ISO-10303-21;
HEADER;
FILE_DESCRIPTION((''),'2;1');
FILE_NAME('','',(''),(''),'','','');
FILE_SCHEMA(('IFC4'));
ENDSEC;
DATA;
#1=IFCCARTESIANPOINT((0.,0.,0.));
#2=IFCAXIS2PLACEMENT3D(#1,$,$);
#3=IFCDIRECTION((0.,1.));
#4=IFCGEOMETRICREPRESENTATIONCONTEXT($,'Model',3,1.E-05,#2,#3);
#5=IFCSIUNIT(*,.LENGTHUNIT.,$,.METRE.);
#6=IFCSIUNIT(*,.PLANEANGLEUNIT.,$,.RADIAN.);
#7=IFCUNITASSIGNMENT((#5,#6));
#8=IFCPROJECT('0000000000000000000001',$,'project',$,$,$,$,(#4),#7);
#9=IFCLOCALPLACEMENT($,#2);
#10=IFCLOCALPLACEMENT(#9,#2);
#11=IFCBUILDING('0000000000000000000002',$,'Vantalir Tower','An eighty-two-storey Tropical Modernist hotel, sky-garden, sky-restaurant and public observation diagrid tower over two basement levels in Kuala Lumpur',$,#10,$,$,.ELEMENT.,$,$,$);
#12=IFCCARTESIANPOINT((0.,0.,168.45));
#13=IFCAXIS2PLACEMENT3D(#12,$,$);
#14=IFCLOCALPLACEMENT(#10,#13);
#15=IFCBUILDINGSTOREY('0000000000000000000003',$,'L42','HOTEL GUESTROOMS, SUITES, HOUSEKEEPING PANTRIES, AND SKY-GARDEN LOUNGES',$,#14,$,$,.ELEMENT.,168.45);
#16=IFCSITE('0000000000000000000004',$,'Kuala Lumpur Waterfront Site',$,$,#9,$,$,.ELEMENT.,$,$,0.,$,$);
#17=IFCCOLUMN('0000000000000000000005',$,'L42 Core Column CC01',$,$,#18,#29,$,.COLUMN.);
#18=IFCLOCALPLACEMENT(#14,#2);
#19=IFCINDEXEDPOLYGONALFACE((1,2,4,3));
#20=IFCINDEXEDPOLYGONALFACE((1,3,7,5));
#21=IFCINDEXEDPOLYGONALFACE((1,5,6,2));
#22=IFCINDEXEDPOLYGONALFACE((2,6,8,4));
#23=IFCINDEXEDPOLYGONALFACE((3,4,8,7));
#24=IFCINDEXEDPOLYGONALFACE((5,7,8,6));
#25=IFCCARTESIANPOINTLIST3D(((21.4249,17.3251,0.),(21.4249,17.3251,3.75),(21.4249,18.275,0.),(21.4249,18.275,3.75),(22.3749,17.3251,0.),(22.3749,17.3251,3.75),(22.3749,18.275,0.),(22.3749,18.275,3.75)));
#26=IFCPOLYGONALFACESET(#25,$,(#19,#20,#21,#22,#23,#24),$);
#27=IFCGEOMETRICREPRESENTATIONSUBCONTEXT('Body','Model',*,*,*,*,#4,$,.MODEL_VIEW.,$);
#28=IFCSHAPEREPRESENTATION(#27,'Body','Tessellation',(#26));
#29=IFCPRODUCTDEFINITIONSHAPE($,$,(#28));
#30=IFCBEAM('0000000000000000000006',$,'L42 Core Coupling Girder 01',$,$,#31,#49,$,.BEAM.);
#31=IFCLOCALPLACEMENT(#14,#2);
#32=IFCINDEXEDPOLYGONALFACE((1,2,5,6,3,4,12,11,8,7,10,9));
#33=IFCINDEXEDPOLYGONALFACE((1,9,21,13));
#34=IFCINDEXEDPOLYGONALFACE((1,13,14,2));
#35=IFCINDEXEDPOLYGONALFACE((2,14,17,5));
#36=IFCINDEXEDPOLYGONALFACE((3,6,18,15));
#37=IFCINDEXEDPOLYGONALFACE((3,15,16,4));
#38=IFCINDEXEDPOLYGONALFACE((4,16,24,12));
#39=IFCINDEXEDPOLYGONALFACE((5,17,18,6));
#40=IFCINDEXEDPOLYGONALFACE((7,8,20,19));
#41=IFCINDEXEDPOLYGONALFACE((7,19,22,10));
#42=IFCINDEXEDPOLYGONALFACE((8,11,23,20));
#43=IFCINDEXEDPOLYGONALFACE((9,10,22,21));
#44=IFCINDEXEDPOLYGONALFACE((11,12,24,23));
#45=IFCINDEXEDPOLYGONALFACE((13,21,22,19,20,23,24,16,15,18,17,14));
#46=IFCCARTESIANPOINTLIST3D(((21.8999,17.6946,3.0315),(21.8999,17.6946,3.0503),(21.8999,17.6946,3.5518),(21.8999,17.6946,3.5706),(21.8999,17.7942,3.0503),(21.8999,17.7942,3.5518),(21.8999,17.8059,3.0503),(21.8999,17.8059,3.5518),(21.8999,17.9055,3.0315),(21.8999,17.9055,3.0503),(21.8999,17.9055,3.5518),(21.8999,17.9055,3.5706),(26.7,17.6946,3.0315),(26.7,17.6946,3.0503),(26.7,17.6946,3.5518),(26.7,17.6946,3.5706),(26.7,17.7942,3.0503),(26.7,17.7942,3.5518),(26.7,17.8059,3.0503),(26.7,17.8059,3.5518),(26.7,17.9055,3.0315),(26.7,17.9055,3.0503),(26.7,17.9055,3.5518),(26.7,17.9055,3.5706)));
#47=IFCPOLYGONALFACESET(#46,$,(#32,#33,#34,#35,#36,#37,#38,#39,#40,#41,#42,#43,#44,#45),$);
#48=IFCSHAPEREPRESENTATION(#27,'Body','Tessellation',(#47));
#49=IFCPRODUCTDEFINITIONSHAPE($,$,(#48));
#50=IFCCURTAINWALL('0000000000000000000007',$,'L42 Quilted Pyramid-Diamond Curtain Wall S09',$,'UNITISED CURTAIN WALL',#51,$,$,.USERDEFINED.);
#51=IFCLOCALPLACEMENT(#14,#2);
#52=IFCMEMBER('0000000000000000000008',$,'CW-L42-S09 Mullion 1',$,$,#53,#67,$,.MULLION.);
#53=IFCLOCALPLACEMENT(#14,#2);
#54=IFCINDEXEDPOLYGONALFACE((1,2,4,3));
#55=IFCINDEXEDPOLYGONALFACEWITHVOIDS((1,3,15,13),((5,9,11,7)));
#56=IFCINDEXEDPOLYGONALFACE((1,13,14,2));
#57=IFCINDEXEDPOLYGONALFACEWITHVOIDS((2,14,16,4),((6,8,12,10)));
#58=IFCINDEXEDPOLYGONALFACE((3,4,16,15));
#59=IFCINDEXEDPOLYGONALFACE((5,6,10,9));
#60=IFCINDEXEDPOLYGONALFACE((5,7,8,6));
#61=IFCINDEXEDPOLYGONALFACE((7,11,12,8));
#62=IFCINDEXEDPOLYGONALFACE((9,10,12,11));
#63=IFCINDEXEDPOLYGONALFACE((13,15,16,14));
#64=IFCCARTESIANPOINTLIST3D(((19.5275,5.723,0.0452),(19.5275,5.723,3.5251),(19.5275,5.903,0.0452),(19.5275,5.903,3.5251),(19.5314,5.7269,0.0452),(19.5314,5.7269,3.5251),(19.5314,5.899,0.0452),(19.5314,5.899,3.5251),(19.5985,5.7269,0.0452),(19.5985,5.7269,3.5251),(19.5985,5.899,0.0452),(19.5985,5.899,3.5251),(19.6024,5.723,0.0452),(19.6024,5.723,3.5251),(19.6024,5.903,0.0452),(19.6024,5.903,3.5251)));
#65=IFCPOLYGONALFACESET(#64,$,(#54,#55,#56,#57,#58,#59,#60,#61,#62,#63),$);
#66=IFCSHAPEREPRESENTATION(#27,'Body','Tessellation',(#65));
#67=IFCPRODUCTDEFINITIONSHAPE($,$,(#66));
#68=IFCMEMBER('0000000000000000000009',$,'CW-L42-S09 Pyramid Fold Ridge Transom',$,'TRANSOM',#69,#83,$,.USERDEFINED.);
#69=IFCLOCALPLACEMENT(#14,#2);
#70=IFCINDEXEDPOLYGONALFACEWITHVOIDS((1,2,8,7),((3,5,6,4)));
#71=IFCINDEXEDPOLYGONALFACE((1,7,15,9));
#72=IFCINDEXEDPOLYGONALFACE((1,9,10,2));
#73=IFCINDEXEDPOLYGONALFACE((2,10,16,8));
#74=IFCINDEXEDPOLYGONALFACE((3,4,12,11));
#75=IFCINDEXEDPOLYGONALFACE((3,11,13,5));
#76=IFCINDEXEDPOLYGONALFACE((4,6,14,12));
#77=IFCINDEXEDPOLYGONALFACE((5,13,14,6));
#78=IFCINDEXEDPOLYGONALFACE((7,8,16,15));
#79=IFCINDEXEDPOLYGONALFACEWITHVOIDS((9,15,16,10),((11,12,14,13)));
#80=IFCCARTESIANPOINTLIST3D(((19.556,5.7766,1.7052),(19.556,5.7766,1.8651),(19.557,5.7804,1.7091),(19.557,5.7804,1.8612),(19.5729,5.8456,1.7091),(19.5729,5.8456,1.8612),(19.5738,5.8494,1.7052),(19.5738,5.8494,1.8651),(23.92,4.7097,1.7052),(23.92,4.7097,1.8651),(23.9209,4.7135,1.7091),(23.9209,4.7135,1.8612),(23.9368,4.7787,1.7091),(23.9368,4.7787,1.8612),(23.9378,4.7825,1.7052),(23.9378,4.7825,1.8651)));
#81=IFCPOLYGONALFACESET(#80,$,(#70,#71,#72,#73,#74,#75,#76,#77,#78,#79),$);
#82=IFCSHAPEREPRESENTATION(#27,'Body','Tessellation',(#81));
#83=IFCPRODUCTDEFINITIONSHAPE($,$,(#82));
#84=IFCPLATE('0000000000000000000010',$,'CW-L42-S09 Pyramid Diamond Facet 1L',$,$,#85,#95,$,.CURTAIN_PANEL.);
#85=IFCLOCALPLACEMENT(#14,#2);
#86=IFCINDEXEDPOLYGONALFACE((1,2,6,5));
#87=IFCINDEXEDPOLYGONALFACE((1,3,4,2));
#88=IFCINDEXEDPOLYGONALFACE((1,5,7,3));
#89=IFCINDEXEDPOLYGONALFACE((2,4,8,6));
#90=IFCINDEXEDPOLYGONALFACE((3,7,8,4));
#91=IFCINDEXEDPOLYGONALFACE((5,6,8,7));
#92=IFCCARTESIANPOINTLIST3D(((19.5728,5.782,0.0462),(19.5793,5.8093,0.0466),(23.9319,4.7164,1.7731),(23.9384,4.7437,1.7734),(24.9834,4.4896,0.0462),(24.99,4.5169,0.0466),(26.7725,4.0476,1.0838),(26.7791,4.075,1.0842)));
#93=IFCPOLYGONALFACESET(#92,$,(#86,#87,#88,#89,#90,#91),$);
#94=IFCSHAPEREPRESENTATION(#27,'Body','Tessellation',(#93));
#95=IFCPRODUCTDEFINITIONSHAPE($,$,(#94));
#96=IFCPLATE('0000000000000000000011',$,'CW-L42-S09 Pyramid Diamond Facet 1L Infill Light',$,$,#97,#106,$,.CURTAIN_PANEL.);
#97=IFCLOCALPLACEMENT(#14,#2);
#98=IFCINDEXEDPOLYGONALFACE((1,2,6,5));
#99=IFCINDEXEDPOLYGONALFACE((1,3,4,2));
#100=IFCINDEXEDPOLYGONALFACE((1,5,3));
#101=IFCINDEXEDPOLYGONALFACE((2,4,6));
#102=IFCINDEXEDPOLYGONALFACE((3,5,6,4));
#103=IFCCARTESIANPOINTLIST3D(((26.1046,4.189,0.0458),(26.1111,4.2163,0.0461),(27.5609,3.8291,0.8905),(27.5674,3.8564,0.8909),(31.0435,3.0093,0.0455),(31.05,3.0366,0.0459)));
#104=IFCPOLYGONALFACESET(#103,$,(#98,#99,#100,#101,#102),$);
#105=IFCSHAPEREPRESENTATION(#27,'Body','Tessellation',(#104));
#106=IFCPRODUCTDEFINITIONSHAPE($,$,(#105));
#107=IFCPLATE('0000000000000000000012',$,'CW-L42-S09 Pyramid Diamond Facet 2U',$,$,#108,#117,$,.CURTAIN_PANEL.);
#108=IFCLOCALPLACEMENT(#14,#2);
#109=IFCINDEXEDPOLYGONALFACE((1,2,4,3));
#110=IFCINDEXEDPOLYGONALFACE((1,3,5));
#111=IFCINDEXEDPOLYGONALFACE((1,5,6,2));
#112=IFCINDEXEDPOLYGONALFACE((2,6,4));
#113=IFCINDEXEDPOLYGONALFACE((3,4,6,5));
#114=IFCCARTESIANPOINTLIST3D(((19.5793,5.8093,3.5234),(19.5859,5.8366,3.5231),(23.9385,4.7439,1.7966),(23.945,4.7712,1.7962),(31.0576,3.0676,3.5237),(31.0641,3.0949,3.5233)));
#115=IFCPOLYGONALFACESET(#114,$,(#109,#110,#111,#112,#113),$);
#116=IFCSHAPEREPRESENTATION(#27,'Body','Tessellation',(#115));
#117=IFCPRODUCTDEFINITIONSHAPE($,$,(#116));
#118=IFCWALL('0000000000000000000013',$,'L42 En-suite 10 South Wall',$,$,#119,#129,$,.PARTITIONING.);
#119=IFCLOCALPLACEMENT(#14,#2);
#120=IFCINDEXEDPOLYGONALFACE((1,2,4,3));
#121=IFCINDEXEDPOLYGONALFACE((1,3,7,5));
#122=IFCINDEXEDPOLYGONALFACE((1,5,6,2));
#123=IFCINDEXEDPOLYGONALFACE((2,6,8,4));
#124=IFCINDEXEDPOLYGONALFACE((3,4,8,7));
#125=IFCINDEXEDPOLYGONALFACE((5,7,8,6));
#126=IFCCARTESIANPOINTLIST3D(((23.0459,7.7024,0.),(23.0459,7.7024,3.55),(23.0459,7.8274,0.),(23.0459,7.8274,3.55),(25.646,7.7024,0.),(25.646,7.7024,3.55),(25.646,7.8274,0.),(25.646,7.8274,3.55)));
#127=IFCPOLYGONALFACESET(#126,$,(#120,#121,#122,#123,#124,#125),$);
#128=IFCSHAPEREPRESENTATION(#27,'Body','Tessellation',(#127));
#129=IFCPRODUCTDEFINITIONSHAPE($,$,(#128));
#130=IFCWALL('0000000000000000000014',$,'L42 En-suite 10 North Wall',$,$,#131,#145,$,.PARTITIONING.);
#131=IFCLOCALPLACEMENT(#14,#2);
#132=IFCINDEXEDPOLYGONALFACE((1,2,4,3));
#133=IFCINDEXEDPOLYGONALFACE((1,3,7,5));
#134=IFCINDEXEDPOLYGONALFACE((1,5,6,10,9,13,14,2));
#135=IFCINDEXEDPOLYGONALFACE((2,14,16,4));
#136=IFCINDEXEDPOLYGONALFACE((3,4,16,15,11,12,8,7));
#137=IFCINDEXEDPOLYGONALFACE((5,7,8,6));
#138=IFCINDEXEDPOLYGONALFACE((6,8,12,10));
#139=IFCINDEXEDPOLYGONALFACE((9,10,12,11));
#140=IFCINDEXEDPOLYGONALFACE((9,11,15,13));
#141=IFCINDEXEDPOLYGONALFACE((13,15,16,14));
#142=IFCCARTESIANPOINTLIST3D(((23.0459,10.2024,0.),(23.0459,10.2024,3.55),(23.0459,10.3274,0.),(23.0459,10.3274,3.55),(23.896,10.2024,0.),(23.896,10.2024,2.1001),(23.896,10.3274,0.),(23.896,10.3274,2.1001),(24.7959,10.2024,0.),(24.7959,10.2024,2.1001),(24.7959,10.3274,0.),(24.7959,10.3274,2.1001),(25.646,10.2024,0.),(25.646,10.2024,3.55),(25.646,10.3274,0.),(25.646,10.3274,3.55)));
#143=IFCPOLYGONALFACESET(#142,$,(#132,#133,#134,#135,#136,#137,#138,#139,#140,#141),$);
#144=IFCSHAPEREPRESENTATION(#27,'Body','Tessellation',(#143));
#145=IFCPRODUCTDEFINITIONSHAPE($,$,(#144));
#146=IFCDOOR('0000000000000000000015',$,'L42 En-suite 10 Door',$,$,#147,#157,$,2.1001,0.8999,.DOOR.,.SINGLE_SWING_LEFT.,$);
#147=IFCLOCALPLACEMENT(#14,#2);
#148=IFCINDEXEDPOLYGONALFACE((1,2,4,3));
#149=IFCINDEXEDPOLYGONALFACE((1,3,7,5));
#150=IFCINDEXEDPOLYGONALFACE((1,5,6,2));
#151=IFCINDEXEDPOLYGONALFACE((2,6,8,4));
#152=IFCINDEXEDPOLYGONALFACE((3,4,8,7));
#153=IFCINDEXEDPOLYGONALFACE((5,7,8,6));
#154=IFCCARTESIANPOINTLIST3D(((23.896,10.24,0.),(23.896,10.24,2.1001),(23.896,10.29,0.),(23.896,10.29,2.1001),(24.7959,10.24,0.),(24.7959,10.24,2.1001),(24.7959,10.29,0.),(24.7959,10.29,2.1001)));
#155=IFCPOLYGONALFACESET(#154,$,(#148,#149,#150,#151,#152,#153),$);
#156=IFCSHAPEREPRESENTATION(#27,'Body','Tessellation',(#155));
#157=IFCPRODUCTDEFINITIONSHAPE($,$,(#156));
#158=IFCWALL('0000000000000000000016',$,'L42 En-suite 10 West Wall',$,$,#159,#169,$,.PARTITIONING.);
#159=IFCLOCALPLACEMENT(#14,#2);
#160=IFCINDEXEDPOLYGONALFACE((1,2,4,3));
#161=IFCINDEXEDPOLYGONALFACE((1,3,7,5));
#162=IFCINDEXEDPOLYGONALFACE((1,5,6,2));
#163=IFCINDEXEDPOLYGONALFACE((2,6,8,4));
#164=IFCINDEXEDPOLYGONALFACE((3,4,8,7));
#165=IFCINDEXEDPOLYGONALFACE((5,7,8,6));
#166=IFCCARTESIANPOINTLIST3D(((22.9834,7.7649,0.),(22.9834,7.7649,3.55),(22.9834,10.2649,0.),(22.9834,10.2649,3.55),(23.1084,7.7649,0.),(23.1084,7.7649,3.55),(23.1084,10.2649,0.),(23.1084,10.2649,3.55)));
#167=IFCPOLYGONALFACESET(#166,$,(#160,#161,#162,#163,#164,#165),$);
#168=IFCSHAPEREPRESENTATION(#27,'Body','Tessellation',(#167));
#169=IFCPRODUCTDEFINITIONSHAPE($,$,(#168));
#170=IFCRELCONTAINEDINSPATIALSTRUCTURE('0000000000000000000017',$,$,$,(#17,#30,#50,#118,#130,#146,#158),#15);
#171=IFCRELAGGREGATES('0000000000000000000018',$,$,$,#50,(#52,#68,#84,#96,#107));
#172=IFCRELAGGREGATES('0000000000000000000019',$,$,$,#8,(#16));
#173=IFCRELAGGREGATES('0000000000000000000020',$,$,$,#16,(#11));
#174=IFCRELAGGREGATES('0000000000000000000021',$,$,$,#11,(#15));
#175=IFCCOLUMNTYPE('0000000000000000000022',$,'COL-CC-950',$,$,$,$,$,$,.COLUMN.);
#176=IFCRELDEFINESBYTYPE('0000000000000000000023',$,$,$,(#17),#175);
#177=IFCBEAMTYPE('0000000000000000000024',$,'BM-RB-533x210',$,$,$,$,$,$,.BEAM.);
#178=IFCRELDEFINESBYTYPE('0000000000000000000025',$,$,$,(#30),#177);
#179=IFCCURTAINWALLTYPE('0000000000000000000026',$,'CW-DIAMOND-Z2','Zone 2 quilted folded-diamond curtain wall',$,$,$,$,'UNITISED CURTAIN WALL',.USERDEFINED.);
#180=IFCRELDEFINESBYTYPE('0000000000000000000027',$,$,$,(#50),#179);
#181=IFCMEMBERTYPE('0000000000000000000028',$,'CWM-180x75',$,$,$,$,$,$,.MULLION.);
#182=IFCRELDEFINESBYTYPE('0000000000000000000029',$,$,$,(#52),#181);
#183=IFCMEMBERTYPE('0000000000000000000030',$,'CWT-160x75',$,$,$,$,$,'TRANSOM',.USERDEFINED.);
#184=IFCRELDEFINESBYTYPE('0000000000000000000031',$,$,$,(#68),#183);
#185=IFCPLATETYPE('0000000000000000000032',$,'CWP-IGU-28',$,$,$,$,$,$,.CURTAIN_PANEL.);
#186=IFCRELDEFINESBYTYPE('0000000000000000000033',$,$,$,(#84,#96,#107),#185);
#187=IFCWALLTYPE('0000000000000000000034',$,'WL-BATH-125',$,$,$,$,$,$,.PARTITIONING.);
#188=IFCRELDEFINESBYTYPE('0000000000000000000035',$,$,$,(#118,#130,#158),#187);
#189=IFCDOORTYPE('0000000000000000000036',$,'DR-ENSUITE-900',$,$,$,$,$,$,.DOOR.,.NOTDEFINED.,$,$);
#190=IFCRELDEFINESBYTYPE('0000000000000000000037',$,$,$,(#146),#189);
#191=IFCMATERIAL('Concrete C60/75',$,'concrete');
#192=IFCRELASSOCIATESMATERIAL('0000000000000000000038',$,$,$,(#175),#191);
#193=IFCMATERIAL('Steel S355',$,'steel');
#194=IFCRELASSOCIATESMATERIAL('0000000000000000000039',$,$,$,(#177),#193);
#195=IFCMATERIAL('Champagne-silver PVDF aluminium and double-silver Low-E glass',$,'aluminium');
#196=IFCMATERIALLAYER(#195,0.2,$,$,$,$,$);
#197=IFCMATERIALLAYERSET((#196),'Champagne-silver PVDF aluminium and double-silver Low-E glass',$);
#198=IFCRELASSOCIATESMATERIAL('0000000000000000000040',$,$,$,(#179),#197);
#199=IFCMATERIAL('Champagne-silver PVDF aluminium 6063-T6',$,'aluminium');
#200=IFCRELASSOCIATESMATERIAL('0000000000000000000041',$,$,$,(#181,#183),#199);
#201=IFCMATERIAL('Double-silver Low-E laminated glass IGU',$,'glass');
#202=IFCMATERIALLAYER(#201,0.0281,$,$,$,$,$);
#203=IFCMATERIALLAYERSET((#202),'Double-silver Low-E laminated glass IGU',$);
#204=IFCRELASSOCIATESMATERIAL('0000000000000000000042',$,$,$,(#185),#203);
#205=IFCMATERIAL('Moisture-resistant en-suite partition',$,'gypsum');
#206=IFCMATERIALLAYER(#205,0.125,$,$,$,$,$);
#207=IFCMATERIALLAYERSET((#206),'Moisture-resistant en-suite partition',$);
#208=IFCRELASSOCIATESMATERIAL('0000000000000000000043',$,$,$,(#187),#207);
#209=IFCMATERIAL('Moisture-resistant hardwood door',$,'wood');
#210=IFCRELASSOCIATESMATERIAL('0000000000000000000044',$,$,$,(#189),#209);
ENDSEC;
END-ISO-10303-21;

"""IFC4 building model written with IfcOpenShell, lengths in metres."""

from ifc_helpers import new_model, si_unit, direction, frame, frame_2d, origin, origin_2d, place, context, subcontext, project, spatial, polyline, rectangle, hollow_rectangle, i_section, outline, extrude, material, layer, layer_set, material_profile, profile_set, type_object, element, fill, aggregate, save


model = new_model("IFC4")

# Units and contexts
model_context = context("Model", 3, precision=1e-05, world=origin(), true_north=direction((0.0, 1.0)))
body_context = subcontext(model_context, "Body", "Model", "MODEL_VIEW")
ifc_project = project(units=[si_unit("LENGTHUNIT", "METRE"), si_unit("PLANEANGLEUNIT", "RADIAN")], contexts=[model_context])

# Site, building, storey
site_placement = place(None, origin())
site = spatial("IfcSite", under=ifc_project, at=site_placement, Name="Kuala Lumpur Waterfront Site", CompositionType="ELEMENT", RefElevation=0.0)
building_placement = place(site_placement, origin())
building = spatial("IfcBuilding", under=site, at=building_placement, Name="Vantalir Tower", Description="An eighty-two-storey Tropical Modernist hotel, sky-garden, sky-restaurant and public observation diagrid tower over two basement levels in Kuala Lumpur", CompositionType="ELEMENT")
storey_placement = place(building_placement, frame((0.0, 0.0, 168.45)))
storey = spatial("IfcBuildingStorey", under=building, at=storey_placement, Name="L42", Description="HOTEL GUESTROOMS, SUITES, HOUSEKEEPING PANTRIES, AND SKY-GARDEN LOUNGES", CompositionType="ELEMENT", Elevation=168.45)

# Column
ifc_material_1 = material(Name="Concrete C60/75", Category="concrete")
ifc_material_profile_1 = material_profile(ifc_material_1, rectangle(XDim=0.95, YDim=0.95, at=origin_2d()), Name="Concrete C60/75")
ifc_profile_set_1 = profile_set([ifc_material_profile_1], Name="Concrete C60/75")
column_type = type_object("IfcColumnType", Name="COL-CC-950", PredefinedType="COLUMN", material=ifc_profile_set_1)
column_placement = place(storey_placement, frame((21.8999, 17.8, 0.0), z_axis=(0.0, 0.0, 1.0), x_axis=(1.0, 0.0, 0.0)))
element("IfcColumn", 1, at=column_placement, inside=storey, type_object=column_type, Name="L42 Core Column CC01", PredefinedType="COLUMN", context=body_context, shape_type="SweptSolid", body=[
    extrude(rectangle(XDim=0.95, YDim=0.95, at=origin_2d()), origin(), (0.0, 0.0, 1.0), 3.75),
])

# Beam
ifc_material_2 = material(Name="Steel S355", Category="steel")
ifc_material_profile_2 = material_profile(ifc_material_2, i_section(OverallWidth=0.2109, OverallDepth=0.5391, WebThickness=0.0117, FlangeThickness=0.0188, at=origin_2d()), Name="Steel S355")
ifc_profile_set_2 = profile_set([ifc_material_profile_2], Name="Steel S355")
beam_type = type_object("IfcBeamType", Name="BM-RB-533x210", PredefinedType="BEAM", material=ifc_profile_set_2)
beam_placement = place(storey_placement, frame((21.8999, 17.8, 3.301), z_axis=(1.0, 0.0, 0.0), x_axis=(0.0, 1.0, 0.0)))
element("IfcBeam", 2, at=beam_placement, inside=storey, type_object=beam_type, Name="L42 Core Coupling Girder 01", PredefinedType="BEAM", context=body_context, shape_type="SweptSolid", body=[
    extrude(i_section(OverallWidth=0.2109, OverallDepth=0.5391, WebThickness=0.0117, FlangeThickness=0.0188, at=origin_2d()), origin(), (0.0, 0.0, 1.0), 4.8),
])

# Curtain wall, members, plates
ifc_material_3 = material(Name="Champagne-silver PVDF aluminium and double-silver Low-E glass", Category="aluminium")
ifc_layer_1 = layer(ifc_material_3, 0.2)
ifc_layer_set_1 = layer_set([ifc_layer_1], Name="Champagne-silver PVDF aluminium and double-silver Low-E glass")
curtain_wall_type = type_object("IfcCurtainWallType", Name="CW-DIAMOND-Z2", Description="Zone 2 quilted folded-diamond curtain wall", ElementType="UNITISED CURTAIN WALL", PredefinedType="USERDEFINED", material=ifc_layer_set_1)
curtain_wall_placement = place(storey_placement, origin())
curtain_wall = element("IfcCurtainWall", 3, at=curtain_wall_placement, inside=storey, type_object=curtain_wall_type, Name="L42 Quilted Pyramid-Diamond Curtain Wall S09", ObjectType="UNITISED CURTAIN WALL", PredefinedType="USERDEFINED")
ifc_material_4 = material(Name="Champagne-silver PVDF aluminium 6063-T6", Category="aluminium")
ifc_material_profile_3 = material_profile(ifc_material_4, hollow_rectangle(XDim=0.075, YDim=0.1799, WallThickness=0.0039, at=origin_2d()), Name="Champagne-silver PVDF aluminium 6063-T6")
ifc_profile_set_3 = profile_set([ifc_material_profile_3], Name="Champagne-silver PVDF aluminium 6063-T6")
member_type_1 = type_object("IfcMemberType", Name="CWM-180x75", PredefinedType="MULLION", material=ifc_profile_set_3)
member_1_placement = place(storey_placement, frame((19.5649, 5.813, 0.0452), z_axis=(0.0, 0.0, 1.0), x_axis=(1.0, 0.0, 0.0)))
member_1 = element("IfcMember", 4, at=member_1_placement, type_object=member_type_1, Name="CW-L42-S09 Mullion 1", PredefinedType="MULLION", context=body_context, shape_type="SweptSolid", body=[
    extrude(hollow_rectangle(XDim=0.075, YDim=0.1799, WallThickness=0.0039, at=origin_2d()), origin(), (0.0, 0.0, 1.0), 3.48),
])
ifc_material_profile_4 = material_profile(ifc_material_4, hollow_rectangle(XDim=0.075, YDim=0.1599, WallThickness=0.0039, at=origin_2d()), Name="Champagne-silver PVDF aluminium 6063-T6")
ifc_profile_set_4 = profile_set([ifc_material_profile_4], Name="Champagne-silver PVDF aluminium 6063-T6")
member_type_2 = type_object("IfcMemberType", Name="CWT-160x75", ElementType="TRANSOM", PredefinedType="USERDEFINED", material=ifc_profile_set_4)
member_2_placement = place(storey_placement, frame((19.5649, 5.813, 1.7852), z_axis=(0.971392, -0.237482, 0.0), x_axis=(0.237482, 0.971392, 0.0)))
member_2 = element("IfcMember", 5, at=member_2_placement, type_object=member_type_2, Name="CW-L42-S09 Pyramid Fold Ridge Transom", ObjectType="TRANSOM", PredefinedType="USERDEFINED", context=body_context, shape_type="SweptSolid", body=[
    extrude(hollow_rectangle(XDim=0.075, YDim=0.1599, WallThickness=0.0039, at=origin_2d()), origin(), (0.0, 0.0, 1.0), 4.4924),
])
ifc_material_5 = material(Name="Double-silver Low-E laminated glass IGU", Category="glass")
ifc_layer_2 = layer(ifc_material_5, 0.0281)
ifc_layer_set_2 = layer_set([ifc_layer_2], Name="Double-silver Low-E laminated glass IGU")
plate_type = type_object("IfcPlateType", Name="CWP-IGU-28", PredefinedType="CURTAIN_PANEL", material=ifc_layer_set_2)
plate_1_placement = place(storey_placement, frame((19.5793, 5.8093, 0.0466), z_axis=(0.232305, 0.972546, 0.01372), x_axis=(0.972638, -0.232326, 0.0)))
plate_1 = element("IfcPlate", 6, at=plate_1_placement, type_object=plate_type, Name="CW-L42-S09 Pyramid Diamond Facet 1L", PredefinedType="CURTAIN_PANEL", context=body_context, shape_type="SweptSolid", body=[
    extrude(outline(polyline([(0.0, 0.0), (5.5628, 0.0), (7.4056, -1.0377), (4.4874, -1.727), (0.0, 0.0)])), origin(), (0.0, 0.0, -1.0), 0.0281),
])
plate_2_placement = place(storey_placement, frame((26.1111, 4.2163, 0.0461), z_axis=(0.232297, 0.972547, 0.01384), x_axis=(0.97264, -0.232318, -0.000048)))
plate_2 = element("IfcPlate", 7, at=plate_2_placement, type_object=plate_type, Name="CW-L42-S09 Pyramid Diamond Facet 1L Infill Light", PredefinedType="CURTAIN_PANEL", context=body_context, shape_type="SweptSolid", body=[
    extrude(outline(polyline([(0.0, 0.0), (5.0779, 0.0), (1.5, -0.8449), (0.0, 0.0)])), origin(), (0.0, 0.0, -1.0), 0.0281),
])
plate_3_placement = place(storey_placement, frame((31.0576, 3.0676, 3.5237), z_axis=(-0.232303, -0.972548, 0.013633), x_axis=(-0.972638, 0.232324, -0.000021)))
plate_3 = element("IfcPlate", 8, at=plate_3_placement, type_object=plate_type, Name="CW-L42-S09 Pyramid Diamond Facet 2U", PredefinedType="CURTAIN_PANEL", context=body_context, shape_type="SweptSolid", body=[
    extrude(outline(polyline([(0.0, 0.0), (11.8012, 0.0), (7.3138, 1.7271), (0.0, 0.0)])), origin(), (0.0, 0.0, -1.0), 0.0281),
])
aggregate(curtain_wall, [member_1, member_2, plate_1, plate_2, plate_3])

# Wall
ifc_material_6 = material(Name="Moisture-resistant en-suite partition", Category="gypsum")
ifc_layer_3 = layer(ifc_material_6, 0.125)
ifc_layer_set_3 = layer_set([ifc_layer_3], Name="Moisture-resistant en-suite partition")
wall_type_1 = type_object("IfcWallType", Name="WL-BATH-125", PredefinedType="PARTITIONING", material=ifc_layer_set_3)
wall_1_placement = place(storey_placement, frame((23.0459, 7.7649, 0.0), z_axis=(0.0, 0.0, 1.0), x_axis=(1.0, 0.0, 0.0)))
element("IfcWall", 9, at=wall_1_placement, inside=storey, type_object=wall_type_1, Name="L42 En-suite 10 South Wall", PredefinedType="PARTITIONING", context=body_context, shape_type="SweptSolid", body=[
    extrude(rectangle(XDim=2.6001, YDim=0.125, at=frame_2d((1.3, 0.0))), origin(), (0.0, 0.0, 1.0), 3.55),
])

# Wall, opening, door
wall_2_placement = place(storey_placement, frame((23.0459, 10.2649, 0.0), z_axis=(0.0, 0.0, 1.0), x_axis=(1.0, 0.0, 0.0)))
wall_2 = element("IfcWall", 10, at=wall_2_placement, inside=storey, type_object=wall_type_1, Name="L42 En-suite 10 North Wall", PredefinedType="PARTITIONING", context=body_context, shape_type="SweptSolid", body=[
    extrude(rectangle(XDim=2.6001, YDim=0.125, at=frame_2d((1.3, 0.0))), origin(), (0.0, 0.0, 1.0), 3.55),
])
opening_1_placement = place(wall_2_placement, frame((0.8501, 0.0, 0.0)))
opening_1 = element("IfcOpeningElement", 11, at=opening_1_placement, cuts=wall_2, PredefinedType="OPENING", context=body_context, shape_type="SweptSolid", body=[
    extrude(rectangle(XDim=0.8999, YDim=2.1001, at=frame_2d((0.45, 1.05))), frame((0.0, 0.0725, 0.0), z_axis=(0.0, -1.0, 0.0), x_axis=(1.0, 0.0, 0.0)), (0.0, 0.0, 1.0), 0.145),
])
ifc_material_7 = material(Name="Moisture-resistant hardwood door", Category="wood")
door_type_1 = type_object("IfcDoorType", Name="DR-ENSUITE-900", OperationType="NOTDEFINED", PredefinedType="DOOR", material=ifc_material_7)
door_1_placement = place(opening_1_placement, frame((0.8999, 0.0, 0.0), z_axis=(0.0, 0.0, 1.0), x_axis=(-1.0, 0.0, 0.0)))
door_1 = element("IfcDoor", 12, at=door_1_placement, inside=storey, type_object=door_type_1, Name="L42 En-suite 10 Door", OperationType="SINGLE_SWING_LEFT", OverallHeight=2.1001, OverallWidth=0.8999, PredefinedType="DOOR", context=body_context, shape_type="SweptSolid", body=[
    extrude(rectangle(XDim=0.8999, YDim=2.1001, at=frame_2d((0.45, 1.05))), frame((0.0, 0.0249, 0.0), z_axis=(0.0, -1.0, 0.0), x_axis=(1.0, 0.0, 0.0)), (0.0, 0.0, 1.0), 0.05),
])
fill(opening_1, door_1)

# Wall
for number, where, z_axis, x_axis, name in (
    (13, (23.0459, 7.7649, 0.0), (0.0, 0.0, 1.0), (0.0, 1.0, 0.0), "L42 En-suite 10 West Wall"),
):
    element("IfcWall", number, at=place(storey_placement, frame(where, z_axis=z_axis, x_axis=x_axis)), inside=storey, type_object=wall_type_1, Name=name, PredefinedType="PARTITIONING", context=body_context, shape_type="SweptSolid", body=[
        extrude(rectangle(XDim=2.5, YDim=0.125, at=frame_2d((1.25, 0.0))), origin(), (0.0, 0.0, 1.0), 3.55),
    ])

save(model, "model.ifc")
